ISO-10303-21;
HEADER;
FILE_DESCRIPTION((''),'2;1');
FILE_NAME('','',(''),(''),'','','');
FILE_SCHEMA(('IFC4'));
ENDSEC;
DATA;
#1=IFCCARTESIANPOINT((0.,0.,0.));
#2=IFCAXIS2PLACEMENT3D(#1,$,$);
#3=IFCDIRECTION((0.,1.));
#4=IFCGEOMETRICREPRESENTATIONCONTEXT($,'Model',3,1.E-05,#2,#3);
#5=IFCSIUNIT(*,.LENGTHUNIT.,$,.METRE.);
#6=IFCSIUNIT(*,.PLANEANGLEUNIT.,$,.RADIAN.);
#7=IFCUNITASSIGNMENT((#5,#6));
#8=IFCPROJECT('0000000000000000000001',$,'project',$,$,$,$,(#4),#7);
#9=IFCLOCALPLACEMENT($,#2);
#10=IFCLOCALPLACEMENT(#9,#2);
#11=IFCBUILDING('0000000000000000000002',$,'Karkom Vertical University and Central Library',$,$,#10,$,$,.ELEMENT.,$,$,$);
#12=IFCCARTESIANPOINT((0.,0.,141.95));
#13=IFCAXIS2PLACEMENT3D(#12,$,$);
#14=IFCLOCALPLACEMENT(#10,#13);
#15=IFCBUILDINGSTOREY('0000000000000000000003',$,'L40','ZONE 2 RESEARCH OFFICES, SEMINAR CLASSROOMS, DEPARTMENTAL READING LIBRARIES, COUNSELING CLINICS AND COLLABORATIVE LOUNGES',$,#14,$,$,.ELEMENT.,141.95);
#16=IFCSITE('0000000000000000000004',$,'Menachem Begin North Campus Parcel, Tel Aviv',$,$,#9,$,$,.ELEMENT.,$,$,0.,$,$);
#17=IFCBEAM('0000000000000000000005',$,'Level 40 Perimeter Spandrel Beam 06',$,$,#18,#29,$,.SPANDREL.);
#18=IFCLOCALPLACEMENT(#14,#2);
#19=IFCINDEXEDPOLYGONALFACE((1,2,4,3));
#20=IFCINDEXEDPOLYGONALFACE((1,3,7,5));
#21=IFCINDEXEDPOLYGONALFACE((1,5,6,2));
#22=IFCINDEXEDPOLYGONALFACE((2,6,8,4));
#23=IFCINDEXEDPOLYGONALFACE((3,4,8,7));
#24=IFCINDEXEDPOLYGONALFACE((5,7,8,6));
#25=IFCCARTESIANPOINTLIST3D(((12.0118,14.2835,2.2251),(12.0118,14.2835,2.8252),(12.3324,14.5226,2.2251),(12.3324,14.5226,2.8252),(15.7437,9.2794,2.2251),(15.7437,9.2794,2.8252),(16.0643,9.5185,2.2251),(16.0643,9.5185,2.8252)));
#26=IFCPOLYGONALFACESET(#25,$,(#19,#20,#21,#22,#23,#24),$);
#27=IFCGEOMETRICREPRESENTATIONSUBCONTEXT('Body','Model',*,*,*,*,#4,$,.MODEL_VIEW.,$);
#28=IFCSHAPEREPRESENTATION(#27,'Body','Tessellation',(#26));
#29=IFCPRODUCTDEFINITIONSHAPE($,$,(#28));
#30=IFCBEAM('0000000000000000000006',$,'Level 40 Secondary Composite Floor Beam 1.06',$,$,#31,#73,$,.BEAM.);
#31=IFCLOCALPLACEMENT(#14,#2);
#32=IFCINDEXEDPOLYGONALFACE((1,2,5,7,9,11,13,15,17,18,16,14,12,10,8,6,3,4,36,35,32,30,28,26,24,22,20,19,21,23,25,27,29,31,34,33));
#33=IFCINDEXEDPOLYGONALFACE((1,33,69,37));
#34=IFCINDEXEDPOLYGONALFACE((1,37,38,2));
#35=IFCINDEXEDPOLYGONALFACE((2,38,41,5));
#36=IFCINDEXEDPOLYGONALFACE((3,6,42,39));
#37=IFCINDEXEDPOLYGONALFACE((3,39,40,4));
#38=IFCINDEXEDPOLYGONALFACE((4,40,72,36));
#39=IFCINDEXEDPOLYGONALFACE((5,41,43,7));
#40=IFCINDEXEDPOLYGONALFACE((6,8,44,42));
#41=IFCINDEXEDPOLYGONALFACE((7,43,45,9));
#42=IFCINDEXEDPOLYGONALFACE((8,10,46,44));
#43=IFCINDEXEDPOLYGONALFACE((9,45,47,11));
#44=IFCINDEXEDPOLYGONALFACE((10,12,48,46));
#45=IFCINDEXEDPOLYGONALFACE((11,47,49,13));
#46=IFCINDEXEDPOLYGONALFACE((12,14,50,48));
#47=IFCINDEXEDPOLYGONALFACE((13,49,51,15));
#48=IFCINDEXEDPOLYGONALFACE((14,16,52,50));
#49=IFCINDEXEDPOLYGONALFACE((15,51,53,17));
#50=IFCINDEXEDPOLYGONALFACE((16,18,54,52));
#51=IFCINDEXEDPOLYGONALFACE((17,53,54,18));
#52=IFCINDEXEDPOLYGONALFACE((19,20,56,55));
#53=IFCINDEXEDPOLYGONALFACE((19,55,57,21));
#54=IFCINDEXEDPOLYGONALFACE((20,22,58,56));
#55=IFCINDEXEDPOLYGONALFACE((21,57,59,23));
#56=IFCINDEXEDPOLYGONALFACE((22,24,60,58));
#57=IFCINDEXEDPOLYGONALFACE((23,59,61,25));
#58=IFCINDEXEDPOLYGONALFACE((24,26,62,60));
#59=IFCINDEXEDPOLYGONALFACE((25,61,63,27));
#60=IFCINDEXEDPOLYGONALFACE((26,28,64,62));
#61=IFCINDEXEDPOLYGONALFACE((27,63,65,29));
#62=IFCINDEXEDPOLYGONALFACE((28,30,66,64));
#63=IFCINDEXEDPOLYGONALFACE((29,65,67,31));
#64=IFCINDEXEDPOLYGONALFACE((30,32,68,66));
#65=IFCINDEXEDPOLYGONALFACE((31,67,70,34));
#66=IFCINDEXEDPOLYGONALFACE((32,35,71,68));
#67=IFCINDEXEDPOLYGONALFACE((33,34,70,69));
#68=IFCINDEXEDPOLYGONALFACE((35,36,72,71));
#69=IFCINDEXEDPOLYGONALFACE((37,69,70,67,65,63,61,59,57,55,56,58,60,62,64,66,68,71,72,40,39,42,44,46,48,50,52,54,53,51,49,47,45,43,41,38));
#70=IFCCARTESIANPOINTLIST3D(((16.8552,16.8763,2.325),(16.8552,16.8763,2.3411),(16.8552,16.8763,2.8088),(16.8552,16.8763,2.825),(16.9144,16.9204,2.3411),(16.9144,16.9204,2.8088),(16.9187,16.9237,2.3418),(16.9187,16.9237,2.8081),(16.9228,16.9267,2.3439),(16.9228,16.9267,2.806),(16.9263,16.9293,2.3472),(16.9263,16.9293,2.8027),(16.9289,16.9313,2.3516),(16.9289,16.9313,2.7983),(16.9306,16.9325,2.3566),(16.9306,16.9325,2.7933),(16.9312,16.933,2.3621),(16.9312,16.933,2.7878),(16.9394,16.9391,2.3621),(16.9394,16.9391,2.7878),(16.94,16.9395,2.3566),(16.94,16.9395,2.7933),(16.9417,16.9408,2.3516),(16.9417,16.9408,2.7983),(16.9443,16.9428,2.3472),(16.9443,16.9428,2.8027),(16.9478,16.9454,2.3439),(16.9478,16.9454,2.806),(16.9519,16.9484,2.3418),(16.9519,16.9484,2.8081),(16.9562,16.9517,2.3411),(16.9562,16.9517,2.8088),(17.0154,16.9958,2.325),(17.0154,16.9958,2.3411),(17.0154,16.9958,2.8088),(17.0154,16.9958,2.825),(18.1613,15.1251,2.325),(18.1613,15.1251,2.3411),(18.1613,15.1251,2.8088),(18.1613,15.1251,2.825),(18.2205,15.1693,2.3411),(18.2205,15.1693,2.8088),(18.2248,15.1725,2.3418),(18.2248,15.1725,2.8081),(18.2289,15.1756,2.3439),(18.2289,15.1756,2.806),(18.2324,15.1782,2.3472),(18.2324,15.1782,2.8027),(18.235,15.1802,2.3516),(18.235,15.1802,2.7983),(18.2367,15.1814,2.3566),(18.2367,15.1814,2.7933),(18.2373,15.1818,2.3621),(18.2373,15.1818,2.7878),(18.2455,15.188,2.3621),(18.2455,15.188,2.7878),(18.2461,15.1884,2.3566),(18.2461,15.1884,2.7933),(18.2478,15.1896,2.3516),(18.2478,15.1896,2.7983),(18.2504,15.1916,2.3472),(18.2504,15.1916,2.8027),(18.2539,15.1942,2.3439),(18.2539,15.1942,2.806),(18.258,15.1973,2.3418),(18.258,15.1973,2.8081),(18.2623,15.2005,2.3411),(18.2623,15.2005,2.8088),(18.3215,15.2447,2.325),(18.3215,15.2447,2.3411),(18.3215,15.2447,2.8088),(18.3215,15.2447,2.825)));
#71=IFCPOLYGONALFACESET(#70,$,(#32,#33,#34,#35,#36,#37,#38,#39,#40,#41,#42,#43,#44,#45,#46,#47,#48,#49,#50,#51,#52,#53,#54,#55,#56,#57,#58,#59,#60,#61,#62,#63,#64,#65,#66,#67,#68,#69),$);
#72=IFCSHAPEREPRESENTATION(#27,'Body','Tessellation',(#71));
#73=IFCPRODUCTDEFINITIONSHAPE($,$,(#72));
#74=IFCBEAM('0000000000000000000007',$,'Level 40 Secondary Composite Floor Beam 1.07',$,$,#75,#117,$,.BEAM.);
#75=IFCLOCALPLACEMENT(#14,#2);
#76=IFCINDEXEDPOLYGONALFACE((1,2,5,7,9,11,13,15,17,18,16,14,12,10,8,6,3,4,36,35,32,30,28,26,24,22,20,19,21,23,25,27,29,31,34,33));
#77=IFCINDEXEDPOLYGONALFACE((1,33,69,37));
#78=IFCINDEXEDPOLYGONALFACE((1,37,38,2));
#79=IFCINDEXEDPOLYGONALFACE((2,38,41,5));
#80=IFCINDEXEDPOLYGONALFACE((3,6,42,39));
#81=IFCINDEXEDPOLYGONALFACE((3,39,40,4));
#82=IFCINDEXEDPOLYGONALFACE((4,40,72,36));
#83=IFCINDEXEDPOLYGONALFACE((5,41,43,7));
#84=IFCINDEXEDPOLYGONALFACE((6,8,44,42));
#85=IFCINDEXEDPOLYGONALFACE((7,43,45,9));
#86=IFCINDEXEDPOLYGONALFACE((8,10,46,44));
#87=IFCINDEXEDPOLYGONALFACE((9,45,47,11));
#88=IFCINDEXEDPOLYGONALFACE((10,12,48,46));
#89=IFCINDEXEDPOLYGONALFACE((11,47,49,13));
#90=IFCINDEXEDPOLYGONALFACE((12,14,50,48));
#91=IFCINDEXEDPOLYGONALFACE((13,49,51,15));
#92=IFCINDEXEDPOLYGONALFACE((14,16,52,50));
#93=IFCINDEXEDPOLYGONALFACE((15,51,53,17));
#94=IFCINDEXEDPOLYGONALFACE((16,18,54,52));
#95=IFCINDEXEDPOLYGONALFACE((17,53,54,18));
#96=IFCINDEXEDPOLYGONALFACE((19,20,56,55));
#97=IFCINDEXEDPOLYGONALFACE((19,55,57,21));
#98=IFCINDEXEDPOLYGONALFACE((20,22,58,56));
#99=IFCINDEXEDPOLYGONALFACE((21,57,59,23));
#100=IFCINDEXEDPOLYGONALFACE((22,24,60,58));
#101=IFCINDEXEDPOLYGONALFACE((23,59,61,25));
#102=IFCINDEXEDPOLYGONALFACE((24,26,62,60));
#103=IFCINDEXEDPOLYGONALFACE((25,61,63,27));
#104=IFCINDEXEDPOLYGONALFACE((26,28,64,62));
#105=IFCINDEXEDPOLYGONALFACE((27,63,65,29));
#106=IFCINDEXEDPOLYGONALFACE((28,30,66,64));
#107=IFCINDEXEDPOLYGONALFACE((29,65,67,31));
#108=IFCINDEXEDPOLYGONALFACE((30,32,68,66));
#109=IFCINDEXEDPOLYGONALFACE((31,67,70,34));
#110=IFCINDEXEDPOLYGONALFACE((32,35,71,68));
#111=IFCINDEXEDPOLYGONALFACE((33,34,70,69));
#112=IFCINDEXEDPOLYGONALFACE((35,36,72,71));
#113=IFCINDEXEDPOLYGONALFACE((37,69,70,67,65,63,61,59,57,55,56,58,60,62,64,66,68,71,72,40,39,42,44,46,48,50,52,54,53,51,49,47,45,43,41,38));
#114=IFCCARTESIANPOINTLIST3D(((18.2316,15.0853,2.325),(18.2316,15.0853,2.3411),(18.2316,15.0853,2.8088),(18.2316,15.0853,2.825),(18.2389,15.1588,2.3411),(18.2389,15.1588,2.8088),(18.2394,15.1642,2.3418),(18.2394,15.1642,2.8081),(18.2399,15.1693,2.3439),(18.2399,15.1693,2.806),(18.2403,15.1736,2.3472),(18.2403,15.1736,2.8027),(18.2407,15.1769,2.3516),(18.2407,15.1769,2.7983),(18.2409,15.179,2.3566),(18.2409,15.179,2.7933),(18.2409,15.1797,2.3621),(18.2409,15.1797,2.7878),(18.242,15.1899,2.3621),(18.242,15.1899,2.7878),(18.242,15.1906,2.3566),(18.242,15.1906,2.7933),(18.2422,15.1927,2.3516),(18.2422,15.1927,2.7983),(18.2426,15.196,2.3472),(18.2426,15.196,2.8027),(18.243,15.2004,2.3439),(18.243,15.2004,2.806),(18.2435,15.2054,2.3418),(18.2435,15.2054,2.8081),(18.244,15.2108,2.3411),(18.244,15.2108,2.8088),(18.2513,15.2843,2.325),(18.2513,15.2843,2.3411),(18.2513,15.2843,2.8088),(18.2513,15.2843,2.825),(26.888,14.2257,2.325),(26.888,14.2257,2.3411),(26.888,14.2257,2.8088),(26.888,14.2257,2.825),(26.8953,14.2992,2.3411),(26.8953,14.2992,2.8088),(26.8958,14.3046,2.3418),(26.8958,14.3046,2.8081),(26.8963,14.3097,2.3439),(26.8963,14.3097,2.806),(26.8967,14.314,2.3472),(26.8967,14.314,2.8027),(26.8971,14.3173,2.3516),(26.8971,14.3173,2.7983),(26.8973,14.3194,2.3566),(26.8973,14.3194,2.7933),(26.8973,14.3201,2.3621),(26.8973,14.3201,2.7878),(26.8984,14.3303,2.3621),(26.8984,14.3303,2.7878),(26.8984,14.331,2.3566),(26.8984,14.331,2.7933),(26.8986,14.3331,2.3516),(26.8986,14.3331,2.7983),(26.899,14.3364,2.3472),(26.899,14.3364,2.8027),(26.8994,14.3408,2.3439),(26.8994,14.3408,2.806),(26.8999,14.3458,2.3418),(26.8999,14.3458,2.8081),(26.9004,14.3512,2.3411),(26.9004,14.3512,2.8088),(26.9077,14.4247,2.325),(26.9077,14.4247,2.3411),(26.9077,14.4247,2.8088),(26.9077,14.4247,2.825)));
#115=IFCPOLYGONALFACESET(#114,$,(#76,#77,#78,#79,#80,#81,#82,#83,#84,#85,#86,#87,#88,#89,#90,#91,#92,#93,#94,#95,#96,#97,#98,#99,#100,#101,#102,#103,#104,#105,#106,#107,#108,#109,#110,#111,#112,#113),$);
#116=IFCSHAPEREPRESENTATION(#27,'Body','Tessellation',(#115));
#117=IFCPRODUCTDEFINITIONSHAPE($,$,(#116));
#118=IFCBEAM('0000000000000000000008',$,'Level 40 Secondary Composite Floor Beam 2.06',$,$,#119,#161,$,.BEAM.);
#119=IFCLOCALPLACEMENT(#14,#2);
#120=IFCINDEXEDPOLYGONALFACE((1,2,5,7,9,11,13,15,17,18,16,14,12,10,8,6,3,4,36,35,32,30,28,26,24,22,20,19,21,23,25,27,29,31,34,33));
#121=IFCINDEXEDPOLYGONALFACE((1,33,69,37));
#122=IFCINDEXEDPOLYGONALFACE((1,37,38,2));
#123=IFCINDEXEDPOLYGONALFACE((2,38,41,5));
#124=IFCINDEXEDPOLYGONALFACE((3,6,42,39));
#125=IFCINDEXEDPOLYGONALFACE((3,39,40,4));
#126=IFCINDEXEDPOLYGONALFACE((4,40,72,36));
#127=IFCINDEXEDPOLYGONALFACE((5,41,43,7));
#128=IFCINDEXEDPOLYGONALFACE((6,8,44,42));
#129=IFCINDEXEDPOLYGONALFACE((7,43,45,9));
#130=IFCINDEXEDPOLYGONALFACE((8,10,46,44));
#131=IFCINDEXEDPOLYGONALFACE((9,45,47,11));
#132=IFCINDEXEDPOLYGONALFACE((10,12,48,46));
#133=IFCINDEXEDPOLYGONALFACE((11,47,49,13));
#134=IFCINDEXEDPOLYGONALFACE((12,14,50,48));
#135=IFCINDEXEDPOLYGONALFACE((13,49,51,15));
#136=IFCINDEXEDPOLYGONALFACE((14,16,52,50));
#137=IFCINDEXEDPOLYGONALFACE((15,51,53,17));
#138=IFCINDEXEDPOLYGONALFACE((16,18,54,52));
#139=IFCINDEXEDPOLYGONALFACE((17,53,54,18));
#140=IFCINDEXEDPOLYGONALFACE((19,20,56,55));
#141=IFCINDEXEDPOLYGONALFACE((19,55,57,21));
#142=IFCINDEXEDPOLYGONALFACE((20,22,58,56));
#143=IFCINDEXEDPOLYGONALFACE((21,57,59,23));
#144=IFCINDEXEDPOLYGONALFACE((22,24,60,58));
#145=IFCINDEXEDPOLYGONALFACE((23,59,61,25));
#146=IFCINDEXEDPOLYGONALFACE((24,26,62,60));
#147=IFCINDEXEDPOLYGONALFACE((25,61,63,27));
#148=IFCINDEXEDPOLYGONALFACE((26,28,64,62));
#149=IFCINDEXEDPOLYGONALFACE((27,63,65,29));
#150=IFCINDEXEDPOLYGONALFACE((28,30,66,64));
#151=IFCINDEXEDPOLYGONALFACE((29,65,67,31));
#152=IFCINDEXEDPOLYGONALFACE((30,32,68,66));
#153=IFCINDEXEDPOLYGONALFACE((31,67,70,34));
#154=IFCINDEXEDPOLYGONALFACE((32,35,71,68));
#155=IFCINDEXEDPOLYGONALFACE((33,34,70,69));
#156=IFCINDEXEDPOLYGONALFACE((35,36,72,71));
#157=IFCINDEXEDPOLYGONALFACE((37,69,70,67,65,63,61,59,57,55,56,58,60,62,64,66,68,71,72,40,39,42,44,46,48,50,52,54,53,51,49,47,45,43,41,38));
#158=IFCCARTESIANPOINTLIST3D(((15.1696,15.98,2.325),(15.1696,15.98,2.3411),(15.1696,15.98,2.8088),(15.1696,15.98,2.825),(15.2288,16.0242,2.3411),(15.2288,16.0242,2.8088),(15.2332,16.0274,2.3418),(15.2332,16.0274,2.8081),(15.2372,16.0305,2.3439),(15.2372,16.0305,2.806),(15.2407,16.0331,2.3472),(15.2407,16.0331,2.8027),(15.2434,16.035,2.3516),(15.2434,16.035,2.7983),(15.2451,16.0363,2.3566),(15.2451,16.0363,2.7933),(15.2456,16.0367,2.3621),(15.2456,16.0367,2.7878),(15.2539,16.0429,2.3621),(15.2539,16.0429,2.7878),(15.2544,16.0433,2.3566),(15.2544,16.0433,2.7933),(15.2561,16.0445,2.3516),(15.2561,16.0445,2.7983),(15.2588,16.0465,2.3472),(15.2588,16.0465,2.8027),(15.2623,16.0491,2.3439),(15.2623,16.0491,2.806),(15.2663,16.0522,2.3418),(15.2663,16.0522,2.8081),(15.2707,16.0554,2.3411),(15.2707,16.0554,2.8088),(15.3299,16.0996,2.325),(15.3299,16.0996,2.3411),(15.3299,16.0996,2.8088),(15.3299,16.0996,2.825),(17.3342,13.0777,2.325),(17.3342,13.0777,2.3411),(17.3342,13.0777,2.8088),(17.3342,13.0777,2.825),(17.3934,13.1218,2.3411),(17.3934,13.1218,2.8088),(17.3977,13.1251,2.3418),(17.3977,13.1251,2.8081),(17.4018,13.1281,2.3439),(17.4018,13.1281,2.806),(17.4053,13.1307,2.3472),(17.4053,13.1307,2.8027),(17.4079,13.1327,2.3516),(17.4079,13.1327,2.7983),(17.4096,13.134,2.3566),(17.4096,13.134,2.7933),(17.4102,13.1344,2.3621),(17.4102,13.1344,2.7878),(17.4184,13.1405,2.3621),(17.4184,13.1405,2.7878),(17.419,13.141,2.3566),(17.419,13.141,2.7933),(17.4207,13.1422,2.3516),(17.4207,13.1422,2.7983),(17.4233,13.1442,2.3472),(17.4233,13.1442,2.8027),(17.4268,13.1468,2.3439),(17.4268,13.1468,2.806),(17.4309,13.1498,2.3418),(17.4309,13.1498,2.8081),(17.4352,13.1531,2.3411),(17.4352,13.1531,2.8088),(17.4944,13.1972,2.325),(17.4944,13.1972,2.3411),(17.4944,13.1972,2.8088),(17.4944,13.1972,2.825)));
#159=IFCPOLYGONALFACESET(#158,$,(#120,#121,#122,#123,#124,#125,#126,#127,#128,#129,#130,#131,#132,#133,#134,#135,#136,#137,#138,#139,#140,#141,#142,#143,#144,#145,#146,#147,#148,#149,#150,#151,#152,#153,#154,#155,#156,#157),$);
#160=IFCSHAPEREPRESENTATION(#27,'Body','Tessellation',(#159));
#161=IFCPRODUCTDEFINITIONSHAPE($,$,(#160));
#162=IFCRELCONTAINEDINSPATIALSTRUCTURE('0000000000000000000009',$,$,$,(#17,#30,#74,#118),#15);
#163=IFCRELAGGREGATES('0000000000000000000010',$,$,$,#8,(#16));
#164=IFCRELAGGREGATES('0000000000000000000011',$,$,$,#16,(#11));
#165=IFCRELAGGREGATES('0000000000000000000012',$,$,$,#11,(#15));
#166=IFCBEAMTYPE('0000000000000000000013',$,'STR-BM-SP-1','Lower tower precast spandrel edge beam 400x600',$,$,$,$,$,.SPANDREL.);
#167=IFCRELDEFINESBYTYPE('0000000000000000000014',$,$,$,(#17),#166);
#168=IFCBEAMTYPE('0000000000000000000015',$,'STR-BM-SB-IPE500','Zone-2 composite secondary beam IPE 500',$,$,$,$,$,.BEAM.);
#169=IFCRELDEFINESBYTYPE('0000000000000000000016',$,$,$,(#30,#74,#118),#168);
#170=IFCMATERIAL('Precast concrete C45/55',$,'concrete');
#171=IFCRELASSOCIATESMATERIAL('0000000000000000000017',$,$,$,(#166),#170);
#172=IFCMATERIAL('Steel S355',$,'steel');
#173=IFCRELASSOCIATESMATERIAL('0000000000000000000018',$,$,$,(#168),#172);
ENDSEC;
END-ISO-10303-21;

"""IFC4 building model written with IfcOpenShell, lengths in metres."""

from ifc_helpers import new_model, si_unit, direction, frame, origin, origin_with_axes, origin_2d, place, context, subcontext, project, spatial, rectangle, i_section, extrude, source, transform, mapped, material, material_profile, profile_set, type_object, element, save


model = new_model("IFC4")

# Units and contexts
model_context = context("Model", 3, precision=1e-05, world=origin(), true_north=direction((0.0, 1.0)))
body_context = subcontext(model_context, "Body", "Model", "MODEL_VIEW")
ifc_project = project(units=[si_unit("LENGTHUNIT", "METRE"), si_unit("PLANEANGLEUNIT", "RADIAN")], contexts=[model_context])

# Site, building, storey
site_placement = place(None, origin())
site = spatial("IfcSite", under=ifc_project, at=site_placement, Name="Menachem Begin North Campus Parcel, Tel Aviv", CompositionType="ELEMENT", RefElevation=0.0)
building_placement = place(site_placement, origin())
building = spatial("IfcBuilding", under=site, at=building_placement, Name="Karkom Vertical University and Central Library", CompositionType="ELEMENT")
storey_placement = place(building_placement, frame((0.0, 0.0, 141.95)))
storey = spatial("IfcBuildingStorey", under=building, at=storey_placement, Name="L40", Description="ZONE 2 RESEARCH OFFICES, SEMINAR CLASSROOMS, DEPARTMENTAL READING LIBRARIES, COUNSELING CLINICS AND COLLABORATIVE LOUNGES", CompositionType="ELEMENT", Elevation=141.95)

# Beams
ifc_material_1 = material(Name="Precast concrete C45/55", Category="concrete")
ifc_material_profile_1 = material_profile(ifc_material_1, rectangle(XDim=0.3999, YDim=0.6001, at=origin_2d()), Name="SPB-400x600")
ifc_profile_set_1 = profile_set([ifc_material_profile_1], Name="Precast concrete C45/55")
beam_type_1 = type_object("IfcBeamType", Name="STR-BM-SP-1", Description="Lower tower precast spandrel edge beam 400x600", PredefinedType="SPANDREL", material=ifc_profile_set_1)
shared_shape_1 = source(origin_with_axes(), body_context, "Body", "SweptSolid", [
    extrude(rectangle(XDim=0.3999, YDim=0.6001, at=origin_2d()), origin(), (0.0, 0.0, 1.0), 6.2424),
])
beam_1_placement = place(storey_placement, frame((12.1721, 14.4031, 2.5251), z_axis=(0.597826, -0.801626, 0.0), x_axis=(0.801626, 0.597826, 0.0)))
element("IfcBeam", 1, at=beam_1_placement, inside=storey, type_object=beam_type_1, Name="Level 40 Perimeter Spandrel Beam 06", PredefinedType="SPANDREL", context=body_context, shape_type="MappedRepresentation", body=[
    mapped(shared_shape_1, transform((0.0, 0.0, 0.0), scale=1.0)),
])
ifc_material_2 = material(Name="Steel S355", Category="steel")
ifc_material_profile_2 = material_profile(ifc_material_2, i_section(OverallWidth=0.2, OverallDepth=0.5, WebThickness=0.0103, FlangeThickness=0.0161, FilletRadius=0.021, at=origin_2d()), Name="IPE 500")
ifc_profile_set_2 = profile_set([ifc_material_profile_2], Name="Steel S355")
beam_type_2 = type_object("IfcBeamType", Name="STR-BM-SB-IPE500", Description="Zone-2 composite secondary beam IPE 500", PredefinedType="BEAM", material=ifc_profile_set_2)
shared_shape_2 = source(origin_with_axes(), body_context, "Body", "SweptSolid", [
    extrude(i_section(OverallWidth=0.2, OverallDepth=0.5, WebThickness=0.0103, FlangeThickness=0.0161, FilletRadius=0.021, at=origin_2d()), origin(), (0.0, 0.0, 1.0), 2.1846),
])
beam_2_placement = place(storey_placement, frame((16.9353, 16.936, 2.575), z_axis=(0.59787, -0.801593, 0.0), x_axis=(0.801593, 0.59787, 0.0)))
element("IfcBeam", 2, at=beam_2_placement, inside=storey, type_object=beam_type_2, Name="Level 40 Secondary Composite Floor Beam 1.06", PredefinedType="BEAM", context=body_context, shape_type="MappedRepresentation", body=[
    mapped(shared_shape_2, transform((0.0, 0.0, 0.0), scale=1.0)),
])
shared_shape_3 = source(origin_with_axes(), body_context, "Body", "SweptSolid", [
    extrude(i_section(OverallWidth=0.2, OverallDepth=0.5, WebThickness=0.0103, FlangeThickness=0.0161, FilletRadius=0.021, at=origin_2d()), origin(), (0.0, 0.0, 1.0), 8.699),
])
beam_3_placement = place(storey_placement, frame((18.2415, 15.1848, 2.575), z_axis=(0.995106, -0.098817, 0.0), x_axis=(0.098817, 0.995106, 0.0)))
element("IfcBeam", 3, at=beam_3_placement, inside=storey, type_object=beam_type_2, Name="Level 40 Secondary Composite Floor Beam 1.07", PredefinedType="BEAM", context=body_context, shape_type="MappedRepresentation", body=[
    mapped(shared_shape_3, transform((0.0, 0.0, 0.0), scale=1.0)),
])
shared_shape_4 = source(origin_with_axes(), body_context, "Body", "SweptSolid", [
    extrude(i_section(OverallWidth=0.2, OverallDepth=0.5, WebThickness=0.0103, FlangeThickness=0.0161, FilletRadius=0.021, at=origin_2d()), origin(), (0.0, 0.0, 1.0), 3.6206),
])
beam_4_placement = place(storey_placement, frame((15.2498, 16.0398, 2.575), z_axis=(0.59784, -0.801615, 0.0), x_axis=(0.801615, 0.59784, 0.0)))
element("IfcBeam", 4, at=beam_4_placement, inside=storey, type_object=beam_type_2, Name="Level 40 Secondary Composite Floor Beam 2.06", PredefinedType="BEAM", context=body_context, shape_type="MappedRepresentation", body=[
    mapped(shared_shape_4, transform((0.0, 0.0, 0.0), scale=1.0)),
])

save(model, "model.ifc")
